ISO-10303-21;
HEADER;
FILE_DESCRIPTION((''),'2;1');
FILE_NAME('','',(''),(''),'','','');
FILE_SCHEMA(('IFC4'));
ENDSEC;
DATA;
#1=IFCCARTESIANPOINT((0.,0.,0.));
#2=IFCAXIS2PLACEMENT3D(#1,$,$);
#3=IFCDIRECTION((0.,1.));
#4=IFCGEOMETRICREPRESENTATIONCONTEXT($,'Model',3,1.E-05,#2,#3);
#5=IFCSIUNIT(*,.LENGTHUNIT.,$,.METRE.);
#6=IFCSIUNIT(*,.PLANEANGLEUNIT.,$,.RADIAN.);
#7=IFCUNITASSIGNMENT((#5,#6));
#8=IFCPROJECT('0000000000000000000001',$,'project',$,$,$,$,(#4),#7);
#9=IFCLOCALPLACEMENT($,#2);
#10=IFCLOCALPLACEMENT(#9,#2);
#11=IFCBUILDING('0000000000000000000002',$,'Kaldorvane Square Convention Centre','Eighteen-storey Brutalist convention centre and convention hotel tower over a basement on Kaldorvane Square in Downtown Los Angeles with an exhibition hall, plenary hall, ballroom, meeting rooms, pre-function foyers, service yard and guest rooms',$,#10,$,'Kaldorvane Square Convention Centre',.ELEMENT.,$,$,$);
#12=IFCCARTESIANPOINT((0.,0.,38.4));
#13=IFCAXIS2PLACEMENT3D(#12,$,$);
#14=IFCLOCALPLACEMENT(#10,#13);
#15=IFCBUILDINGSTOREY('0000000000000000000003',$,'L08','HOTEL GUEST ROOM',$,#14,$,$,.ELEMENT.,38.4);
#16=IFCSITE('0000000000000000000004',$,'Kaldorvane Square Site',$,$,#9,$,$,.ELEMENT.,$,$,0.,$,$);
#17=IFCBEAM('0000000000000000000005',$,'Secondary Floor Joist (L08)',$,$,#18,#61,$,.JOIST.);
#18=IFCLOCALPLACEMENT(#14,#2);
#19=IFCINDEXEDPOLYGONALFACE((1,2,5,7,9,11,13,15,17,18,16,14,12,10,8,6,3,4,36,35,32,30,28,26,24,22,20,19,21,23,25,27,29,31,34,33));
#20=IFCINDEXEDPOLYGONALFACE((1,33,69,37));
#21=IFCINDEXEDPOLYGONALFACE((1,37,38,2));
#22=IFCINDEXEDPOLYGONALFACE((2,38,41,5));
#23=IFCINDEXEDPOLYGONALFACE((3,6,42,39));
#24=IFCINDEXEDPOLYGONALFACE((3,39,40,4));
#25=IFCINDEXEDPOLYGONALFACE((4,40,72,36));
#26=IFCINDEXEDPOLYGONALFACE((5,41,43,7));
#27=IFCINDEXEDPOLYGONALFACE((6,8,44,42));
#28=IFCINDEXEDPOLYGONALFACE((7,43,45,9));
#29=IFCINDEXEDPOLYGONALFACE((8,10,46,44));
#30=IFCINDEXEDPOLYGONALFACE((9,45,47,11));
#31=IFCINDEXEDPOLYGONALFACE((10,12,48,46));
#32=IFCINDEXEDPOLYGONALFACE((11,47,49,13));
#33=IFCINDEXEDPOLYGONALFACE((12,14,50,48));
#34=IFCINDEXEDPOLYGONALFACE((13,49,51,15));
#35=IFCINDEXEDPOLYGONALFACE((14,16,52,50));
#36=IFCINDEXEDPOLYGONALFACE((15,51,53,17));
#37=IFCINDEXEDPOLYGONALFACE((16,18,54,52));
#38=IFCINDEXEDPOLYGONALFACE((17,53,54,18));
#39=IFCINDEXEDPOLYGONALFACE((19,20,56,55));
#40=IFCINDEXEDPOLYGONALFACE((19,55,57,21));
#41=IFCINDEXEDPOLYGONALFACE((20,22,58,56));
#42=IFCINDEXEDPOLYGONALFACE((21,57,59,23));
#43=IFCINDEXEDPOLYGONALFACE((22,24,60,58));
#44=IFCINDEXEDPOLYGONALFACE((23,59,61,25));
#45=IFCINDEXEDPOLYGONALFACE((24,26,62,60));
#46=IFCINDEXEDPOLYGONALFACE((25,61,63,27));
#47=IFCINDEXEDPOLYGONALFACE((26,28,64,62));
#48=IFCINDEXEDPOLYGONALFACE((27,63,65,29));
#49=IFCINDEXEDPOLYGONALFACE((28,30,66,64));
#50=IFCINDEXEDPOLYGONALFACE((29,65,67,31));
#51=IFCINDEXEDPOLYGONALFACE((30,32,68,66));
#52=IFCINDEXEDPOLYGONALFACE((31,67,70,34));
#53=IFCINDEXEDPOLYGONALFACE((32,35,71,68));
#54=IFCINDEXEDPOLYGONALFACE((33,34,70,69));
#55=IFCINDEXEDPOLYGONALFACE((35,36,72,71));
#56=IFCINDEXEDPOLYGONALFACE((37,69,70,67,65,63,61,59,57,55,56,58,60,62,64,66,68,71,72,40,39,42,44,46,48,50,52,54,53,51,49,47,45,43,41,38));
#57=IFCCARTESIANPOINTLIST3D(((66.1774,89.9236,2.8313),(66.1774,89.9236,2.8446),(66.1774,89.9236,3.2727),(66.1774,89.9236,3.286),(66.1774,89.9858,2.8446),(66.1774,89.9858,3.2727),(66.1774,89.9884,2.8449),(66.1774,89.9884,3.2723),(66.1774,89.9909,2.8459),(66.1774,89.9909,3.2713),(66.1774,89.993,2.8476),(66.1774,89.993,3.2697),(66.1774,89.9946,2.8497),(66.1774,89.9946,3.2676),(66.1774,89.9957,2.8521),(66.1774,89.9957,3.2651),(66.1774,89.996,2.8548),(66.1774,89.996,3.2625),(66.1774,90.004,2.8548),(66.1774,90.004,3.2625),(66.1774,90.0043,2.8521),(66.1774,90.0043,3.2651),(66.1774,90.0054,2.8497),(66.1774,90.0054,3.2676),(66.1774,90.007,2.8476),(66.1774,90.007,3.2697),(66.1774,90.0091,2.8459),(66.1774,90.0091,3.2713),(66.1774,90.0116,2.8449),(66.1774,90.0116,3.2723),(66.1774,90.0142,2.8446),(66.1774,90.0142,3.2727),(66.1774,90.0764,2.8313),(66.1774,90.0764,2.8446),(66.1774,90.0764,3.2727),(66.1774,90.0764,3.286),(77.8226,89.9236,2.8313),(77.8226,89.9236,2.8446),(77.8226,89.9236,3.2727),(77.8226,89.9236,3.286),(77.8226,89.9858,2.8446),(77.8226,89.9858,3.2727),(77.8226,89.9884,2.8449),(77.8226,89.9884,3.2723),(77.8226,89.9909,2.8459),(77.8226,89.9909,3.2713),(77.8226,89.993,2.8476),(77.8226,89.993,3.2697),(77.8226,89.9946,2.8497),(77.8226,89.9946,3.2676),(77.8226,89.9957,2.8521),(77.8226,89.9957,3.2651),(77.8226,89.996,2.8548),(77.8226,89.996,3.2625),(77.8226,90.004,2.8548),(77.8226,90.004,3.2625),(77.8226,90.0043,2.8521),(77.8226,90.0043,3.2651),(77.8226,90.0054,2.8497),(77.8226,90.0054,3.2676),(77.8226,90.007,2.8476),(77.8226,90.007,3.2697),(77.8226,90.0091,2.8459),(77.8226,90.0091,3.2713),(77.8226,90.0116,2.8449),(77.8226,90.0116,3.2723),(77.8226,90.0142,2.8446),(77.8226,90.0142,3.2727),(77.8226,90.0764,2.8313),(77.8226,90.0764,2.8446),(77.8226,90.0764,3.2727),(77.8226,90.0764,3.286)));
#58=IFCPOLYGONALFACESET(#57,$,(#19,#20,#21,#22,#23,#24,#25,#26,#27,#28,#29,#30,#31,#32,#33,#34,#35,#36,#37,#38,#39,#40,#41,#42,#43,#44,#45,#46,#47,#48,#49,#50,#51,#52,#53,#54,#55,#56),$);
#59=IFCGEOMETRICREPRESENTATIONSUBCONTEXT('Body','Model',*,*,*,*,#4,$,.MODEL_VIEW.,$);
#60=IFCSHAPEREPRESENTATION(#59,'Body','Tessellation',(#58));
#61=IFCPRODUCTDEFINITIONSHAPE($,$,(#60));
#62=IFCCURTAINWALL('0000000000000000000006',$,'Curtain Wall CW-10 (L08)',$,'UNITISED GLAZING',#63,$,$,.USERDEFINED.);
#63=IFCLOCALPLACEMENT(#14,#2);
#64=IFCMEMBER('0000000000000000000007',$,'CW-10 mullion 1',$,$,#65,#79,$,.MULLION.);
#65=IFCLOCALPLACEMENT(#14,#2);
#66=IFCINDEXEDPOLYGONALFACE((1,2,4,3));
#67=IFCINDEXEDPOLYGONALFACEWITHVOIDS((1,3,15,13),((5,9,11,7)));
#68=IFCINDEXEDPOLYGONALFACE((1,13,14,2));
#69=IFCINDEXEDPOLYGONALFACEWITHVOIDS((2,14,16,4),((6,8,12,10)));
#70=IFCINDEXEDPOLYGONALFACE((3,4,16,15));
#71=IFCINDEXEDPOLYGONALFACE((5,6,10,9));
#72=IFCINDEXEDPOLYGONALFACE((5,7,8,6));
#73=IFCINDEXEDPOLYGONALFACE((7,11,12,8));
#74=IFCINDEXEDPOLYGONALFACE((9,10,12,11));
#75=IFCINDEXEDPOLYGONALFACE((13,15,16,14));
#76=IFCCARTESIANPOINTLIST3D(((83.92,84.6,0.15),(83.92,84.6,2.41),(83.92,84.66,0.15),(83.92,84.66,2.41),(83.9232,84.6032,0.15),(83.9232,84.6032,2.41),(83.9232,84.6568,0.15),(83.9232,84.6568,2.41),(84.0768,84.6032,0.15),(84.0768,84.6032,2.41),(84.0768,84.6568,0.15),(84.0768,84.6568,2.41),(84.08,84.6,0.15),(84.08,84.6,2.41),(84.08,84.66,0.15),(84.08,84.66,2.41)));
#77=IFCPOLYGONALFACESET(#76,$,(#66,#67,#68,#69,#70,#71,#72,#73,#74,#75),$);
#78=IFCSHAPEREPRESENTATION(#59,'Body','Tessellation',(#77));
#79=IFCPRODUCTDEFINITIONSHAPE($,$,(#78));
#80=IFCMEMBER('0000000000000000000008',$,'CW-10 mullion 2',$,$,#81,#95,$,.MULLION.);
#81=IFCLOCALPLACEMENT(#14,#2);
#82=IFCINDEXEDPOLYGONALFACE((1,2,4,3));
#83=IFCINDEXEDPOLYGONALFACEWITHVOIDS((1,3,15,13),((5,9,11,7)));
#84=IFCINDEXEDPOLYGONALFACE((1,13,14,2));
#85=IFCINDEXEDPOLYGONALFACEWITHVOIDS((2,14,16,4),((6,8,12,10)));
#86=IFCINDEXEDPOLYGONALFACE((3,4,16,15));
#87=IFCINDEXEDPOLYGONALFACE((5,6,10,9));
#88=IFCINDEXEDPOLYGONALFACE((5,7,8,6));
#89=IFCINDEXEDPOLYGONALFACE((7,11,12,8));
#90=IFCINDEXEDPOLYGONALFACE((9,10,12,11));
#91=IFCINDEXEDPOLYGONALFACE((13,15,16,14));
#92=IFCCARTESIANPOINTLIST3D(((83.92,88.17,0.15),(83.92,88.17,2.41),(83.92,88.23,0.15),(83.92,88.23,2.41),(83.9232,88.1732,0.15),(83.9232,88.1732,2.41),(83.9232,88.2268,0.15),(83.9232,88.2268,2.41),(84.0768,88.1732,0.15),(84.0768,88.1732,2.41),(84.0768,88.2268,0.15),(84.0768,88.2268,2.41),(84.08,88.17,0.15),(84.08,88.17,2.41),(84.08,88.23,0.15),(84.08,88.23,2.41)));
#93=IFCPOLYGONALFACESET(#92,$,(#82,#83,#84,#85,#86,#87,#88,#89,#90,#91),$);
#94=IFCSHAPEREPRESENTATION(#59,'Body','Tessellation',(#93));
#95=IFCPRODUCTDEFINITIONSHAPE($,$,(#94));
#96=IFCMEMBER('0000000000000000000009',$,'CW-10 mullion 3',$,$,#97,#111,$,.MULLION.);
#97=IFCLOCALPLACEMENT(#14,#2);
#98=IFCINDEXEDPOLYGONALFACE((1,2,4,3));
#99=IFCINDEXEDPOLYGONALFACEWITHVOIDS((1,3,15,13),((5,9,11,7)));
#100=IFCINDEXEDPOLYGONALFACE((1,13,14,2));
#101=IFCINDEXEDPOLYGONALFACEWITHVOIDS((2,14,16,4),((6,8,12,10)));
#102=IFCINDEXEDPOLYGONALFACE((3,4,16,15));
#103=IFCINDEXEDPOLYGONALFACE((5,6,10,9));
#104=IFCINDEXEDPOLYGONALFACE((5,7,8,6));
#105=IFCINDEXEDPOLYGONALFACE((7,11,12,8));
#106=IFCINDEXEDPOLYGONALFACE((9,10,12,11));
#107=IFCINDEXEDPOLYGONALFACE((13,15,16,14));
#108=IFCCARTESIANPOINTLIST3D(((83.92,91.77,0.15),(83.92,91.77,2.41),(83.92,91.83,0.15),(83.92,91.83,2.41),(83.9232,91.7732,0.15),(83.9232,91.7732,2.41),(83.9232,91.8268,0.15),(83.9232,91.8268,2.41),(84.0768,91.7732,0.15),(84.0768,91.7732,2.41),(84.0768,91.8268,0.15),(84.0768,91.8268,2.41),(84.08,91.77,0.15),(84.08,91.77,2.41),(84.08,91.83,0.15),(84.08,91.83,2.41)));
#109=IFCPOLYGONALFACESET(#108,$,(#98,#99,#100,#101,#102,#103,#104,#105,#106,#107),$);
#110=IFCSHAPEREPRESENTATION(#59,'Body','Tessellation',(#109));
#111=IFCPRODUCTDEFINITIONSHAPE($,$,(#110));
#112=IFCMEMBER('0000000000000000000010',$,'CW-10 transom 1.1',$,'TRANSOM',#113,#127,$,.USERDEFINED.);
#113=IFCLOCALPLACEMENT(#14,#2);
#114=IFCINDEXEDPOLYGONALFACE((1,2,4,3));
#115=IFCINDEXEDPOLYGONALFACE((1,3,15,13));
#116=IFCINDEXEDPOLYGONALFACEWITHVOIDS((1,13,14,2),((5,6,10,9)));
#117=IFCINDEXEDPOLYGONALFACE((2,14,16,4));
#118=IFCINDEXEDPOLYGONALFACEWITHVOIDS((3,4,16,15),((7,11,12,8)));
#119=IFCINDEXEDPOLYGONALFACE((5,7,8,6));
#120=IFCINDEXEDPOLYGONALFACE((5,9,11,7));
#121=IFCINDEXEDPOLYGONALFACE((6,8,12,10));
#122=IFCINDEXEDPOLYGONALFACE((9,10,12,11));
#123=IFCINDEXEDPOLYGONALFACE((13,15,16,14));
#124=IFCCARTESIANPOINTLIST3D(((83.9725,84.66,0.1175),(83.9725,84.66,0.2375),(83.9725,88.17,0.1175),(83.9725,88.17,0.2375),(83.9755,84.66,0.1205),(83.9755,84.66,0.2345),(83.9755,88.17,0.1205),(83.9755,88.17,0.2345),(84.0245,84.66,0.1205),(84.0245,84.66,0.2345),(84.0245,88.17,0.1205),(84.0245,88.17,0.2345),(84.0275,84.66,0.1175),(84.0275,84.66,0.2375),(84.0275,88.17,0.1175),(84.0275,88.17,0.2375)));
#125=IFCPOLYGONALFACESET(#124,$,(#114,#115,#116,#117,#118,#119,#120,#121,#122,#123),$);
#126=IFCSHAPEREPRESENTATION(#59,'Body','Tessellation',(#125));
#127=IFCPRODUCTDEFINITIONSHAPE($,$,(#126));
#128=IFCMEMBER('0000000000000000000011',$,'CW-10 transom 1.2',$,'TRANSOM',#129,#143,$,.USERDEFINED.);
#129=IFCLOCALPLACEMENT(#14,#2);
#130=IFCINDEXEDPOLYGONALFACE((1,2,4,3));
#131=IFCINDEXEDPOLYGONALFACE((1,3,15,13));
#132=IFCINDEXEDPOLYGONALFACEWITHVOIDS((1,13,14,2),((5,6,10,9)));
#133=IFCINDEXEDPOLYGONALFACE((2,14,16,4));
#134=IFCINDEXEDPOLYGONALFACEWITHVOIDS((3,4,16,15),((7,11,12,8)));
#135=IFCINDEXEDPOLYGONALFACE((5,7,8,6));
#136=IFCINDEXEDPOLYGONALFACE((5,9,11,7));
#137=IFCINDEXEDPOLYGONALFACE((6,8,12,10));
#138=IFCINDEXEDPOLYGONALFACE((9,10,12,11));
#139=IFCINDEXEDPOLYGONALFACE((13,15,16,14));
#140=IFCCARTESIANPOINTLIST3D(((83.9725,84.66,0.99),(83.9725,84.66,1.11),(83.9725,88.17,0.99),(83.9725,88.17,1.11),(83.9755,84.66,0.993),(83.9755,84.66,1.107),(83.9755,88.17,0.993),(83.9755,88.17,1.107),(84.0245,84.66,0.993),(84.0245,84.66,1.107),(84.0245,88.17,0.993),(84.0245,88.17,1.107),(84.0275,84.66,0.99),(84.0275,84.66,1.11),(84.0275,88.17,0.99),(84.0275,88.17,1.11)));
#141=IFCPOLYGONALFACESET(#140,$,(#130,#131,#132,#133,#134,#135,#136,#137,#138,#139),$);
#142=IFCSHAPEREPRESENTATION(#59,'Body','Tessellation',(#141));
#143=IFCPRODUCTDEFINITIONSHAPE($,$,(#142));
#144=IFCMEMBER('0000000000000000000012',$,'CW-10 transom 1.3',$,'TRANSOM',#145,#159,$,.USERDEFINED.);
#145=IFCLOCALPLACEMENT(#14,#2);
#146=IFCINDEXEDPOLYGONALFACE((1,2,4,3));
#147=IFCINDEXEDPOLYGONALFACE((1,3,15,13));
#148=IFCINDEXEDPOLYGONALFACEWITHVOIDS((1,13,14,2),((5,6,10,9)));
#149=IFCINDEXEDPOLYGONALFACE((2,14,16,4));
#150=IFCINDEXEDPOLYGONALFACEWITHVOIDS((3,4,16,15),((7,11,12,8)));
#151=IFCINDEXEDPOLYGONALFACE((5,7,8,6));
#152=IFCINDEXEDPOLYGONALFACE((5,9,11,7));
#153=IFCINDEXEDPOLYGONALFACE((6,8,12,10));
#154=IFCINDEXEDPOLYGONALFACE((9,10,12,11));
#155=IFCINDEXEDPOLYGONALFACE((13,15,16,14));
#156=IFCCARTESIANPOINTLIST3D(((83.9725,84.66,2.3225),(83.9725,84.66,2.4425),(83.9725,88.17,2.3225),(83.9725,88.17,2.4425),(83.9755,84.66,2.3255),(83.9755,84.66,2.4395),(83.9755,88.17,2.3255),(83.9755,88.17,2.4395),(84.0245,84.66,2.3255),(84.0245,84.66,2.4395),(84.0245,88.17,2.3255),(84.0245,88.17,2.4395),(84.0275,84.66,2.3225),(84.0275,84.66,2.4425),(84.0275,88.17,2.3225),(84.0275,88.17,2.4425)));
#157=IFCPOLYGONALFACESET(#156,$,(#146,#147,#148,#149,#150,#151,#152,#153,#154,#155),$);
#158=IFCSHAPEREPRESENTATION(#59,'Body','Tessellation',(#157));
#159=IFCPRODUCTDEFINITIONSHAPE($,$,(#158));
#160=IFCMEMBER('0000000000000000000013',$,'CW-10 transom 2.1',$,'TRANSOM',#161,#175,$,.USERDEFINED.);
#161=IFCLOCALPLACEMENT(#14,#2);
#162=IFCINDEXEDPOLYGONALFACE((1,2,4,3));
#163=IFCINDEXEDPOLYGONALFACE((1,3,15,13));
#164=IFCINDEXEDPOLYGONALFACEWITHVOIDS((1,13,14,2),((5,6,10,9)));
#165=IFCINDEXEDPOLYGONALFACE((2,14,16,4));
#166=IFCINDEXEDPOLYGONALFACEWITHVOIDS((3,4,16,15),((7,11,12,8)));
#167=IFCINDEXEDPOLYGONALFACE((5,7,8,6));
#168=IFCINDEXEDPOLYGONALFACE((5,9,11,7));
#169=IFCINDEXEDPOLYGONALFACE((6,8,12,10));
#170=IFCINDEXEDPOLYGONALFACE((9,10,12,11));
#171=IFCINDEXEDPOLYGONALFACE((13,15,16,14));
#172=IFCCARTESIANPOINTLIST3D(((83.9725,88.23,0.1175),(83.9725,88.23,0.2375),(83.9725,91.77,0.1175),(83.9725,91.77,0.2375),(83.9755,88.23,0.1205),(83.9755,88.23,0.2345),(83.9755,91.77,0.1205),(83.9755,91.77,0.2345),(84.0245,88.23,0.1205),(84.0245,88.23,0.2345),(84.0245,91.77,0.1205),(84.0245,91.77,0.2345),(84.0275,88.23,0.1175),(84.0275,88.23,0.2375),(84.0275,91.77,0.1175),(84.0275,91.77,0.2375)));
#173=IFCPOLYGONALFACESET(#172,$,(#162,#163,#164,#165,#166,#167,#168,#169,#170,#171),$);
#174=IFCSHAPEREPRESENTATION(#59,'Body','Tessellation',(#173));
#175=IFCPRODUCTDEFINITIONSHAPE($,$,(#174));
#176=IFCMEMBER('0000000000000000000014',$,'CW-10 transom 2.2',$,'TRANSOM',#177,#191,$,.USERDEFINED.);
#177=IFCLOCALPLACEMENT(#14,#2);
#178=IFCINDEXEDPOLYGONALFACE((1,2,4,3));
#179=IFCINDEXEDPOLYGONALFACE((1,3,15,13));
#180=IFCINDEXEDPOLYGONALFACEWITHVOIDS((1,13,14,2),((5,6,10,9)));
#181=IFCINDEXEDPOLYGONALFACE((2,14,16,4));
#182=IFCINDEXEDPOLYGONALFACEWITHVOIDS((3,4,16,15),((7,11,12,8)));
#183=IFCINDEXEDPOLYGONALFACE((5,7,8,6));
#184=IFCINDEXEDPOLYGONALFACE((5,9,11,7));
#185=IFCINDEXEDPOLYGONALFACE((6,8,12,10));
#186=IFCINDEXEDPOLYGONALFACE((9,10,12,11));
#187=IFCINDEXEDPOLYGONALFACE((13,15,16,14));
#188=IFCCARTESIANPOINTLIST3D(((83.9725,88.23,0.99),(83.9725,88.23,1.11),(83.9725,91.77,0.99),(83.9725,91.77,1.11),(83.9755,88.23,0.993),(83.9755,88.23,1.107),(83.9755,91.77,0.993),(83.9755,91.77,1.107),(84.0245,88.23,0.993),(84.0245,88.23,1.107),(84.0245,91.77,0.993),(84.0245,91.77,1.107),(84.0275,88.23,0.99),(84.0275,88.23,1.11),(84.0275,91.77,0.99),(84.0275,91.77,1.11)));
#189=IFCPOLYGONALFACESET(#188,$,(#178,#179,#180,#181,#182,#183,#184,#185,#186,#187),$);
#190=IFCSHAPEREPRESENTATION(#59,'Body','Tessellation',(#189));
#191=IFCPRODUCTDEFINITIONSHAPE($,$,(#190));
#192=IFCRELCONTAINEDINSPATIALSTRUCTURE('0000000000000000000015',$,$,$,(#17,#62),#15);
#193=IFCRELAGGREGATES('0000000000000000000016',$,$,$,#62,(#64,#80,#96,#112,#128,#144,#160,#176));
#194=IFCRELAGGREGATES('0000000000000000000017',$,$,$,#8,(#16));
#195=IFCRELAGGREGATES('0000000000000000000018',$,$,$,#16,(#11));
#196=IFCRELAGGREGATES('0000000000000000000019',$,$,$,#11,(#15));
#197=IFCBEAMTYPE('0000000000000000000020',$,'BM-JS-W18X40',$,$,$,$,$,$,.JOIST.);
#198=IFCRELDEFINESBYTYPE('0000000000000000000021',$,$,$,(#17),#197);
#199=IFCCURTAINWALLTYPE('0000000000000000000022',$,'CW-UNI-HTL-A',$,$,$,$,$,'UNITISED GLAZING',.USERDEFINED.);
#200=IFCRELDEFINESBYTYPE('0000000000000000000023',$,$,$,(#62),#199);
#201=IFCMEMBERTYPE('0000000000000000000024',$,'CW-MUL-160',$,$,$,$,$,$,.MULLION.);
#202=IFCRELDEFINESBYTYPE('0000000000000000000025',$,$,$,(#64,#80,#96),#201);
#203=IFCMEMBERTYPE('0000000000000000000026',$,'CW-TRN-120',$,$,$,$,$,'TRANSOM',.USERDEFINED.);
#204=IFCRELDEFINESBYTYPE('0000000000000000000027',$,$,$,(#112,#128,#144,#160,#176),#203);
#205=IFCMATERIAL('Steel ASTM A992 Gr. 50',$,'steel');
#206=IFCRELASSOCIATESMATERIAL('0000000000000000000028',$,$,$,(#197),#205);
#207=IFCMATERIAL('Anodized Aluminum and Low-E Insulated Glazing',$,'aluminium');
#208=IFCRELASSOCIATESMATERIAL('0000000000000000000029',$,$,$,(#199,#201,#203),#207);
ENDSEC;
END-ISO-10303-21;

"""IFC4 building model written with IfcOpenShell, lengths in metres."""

from ifc_helpers import new_model, si_unit, direction, frame, origin, origin_2d, place, context, subcontext, project, spatial, hollow_rectangle, i_section, extrude, material, material_profile, profile_set, type_object, element, aggregate, save


model = new_model("IFC4")

# Units and contexts
model_context = context("Model", 3, precision=1e-05, world=origin(), true_north=direction((0.0, 1.0)))
body_context = subcontext(model_context, "Body", "Model", "MODEL_VIEW")
ifc_project = project(units=[si_unit("LENGTHUNIT", "METRE"), si_unit("PLANEANGLEUNIT", "RADIAN")], contexts=[model_context])

# Site, building, storey
site_placement = place(None, origin())
site = spatial("IfcSite", under=ifc_project, at=site_placement, Name="Kaldorvane Square Site", CompositionType="ELEMENT", RefElevation=0.0)
building_placement = place(site_placement, origin())
building = spatial("IfcBuilding", under=site, at=building_placement, Name="Kaldorvane Square Convention Centre", Description="Eighteen-storey Brutalist convention centre and convention hotel tower over a basement on Kaldorvane Square in Downtown Los Angeles with an exhibition hall, plenary hall, ballroom, meeting rooms, pre-function foyers, service yard and guest rooms", LongName="Kaldorvane Square Convention Centre", CompositionType="ELEMENT")
storey_placement = place(building_placement, frame((0.0, 0.0, 38.4)))
storey = spatial("IfcBuildingStorey", under=building, at=storey_placement, Name="L08", Description="HOTEL GUEST ROOM", CompositionType="ELEMENT", Elevation=38.4)

# Beam
ifc_material_1 = material(Name="Steel ASTM A992 Gr. 50", Category="steel")
ifc_material_profile_1 = material_profile(ifc_material_1, i_section(OverallWidth=0.1528, OverallDepth=0.4547, WebThickness=0.008, FlangeThickness=0.0133, FilletRadius=0.0102, at=origin_2d()), Name="W18X40")
ifc_profile_set_1 = profile_set([ifc_material_profile_1], Name="Steel ASTM A992 Gr. 50")
beam_type = type_object("IfcBeamType", Name="BM-JS-W18X40", PredefinedType="JOIST", material=ifc_profile_set_1)
beam_placement = place(storey_placement, frame((66.1774, 90.0, 3.0586), z_axis=(1.0, 0.0, 0.0), x_axis=(0.0, 1.0, 0.0)))
element("IfcBeam", 1, at=beam_placement, inside=storey, type_object=beam_type, Name="Secondary Floor Joist (L08)", PredefinedType="JOIST", context=body_context, shape_type="SweptSolid", body=[
    extrude(i_section(OverallWidth=0.1528, OverallDepth=0.4547, WebThickness=0.008, FlangeThickness=0.0133, FilletRadius=0.0102, at=origin_2d()), origin(), (0.0, 0.0, 1.0), 11.6452),
])

# Curtain wall, members
ifc_material_2 = material(Name="Anodized Aluminum and Low-E Insulated Glazing", Category="aluminium")
curtain_wall_type = type_object("IfcCurtainWallType", Name="CW-UNI-HTL-A", ElementType="UNITISED GLAZING", PredefinedType="USERDEFINED", material=ifc_material_2)
curtain_wall_placement = place(storey_placement, origin())
curtain_wall = element("IfcCurtainWall", 2, at=curtain_wall_placement, inside=storey, type_object=curtain_wall_type, Name="Curtain Wall CW-10 (L08)", ObjectType="UNITISED GLAZING", PredefinedType="USERDEFINED")
ifc_material_profile_2 = material_profile(ifc_material_2, hollow_rectangle(XDim=0.06, YDim=0.16, WallThickness=0.0032, at=origin_2d()), Name="CWM-160X60")
ifc_profile_set_2 = profile_set([ifc_material_profile_2], Name="Anodized Aluminum and Low-E Insulated Glazing")
member_type_1 = type_object("IfcMemberType", Name="CW-MUL-160", PredefinedType="MULLION", material=ifc_profile_set_2)
member_1_placement = place(storey_placement, frame((84.0, 84.63, 0.15), z_axis=(0.0, 0.0, 1.0), x_axis=(0.0, 1.0, 0.0)))
member_1 = element("IfcMember", 3, at=member_1_placement, type_object=member_type_1, Name="CW-10 mullion 1", PredefinedType="MULLION", context=body_context, shape_type="SweptSolid", body=[
    extrude(hollow_rectangle(XDim=0.06, YDim=0.16, WallThickness=0.0032, at=origin_2d()), origin(), (0.0, 0.0, 1.0), 2.26),
])
member_2_placement = place(storey_placement, frame((84.0, 88.2, 0.15), z_axis=(0.0, 0.0, 1.0), x_axis=(0.0, 1.0, 0.0)))
member_2 = element("IfcMember", 4, at=member_2_placement, type_object=member_type_1, Name="CW-10 mullion 2", PredefinedType="MULLION", context=body_context, shape_type="SweptSolid", body=[
    extrude(hollow_rectangle(XDim=0.06, YDim=0.16, WallThickness=0.0032, at=origin_2d()), origin(), (0.0, 0.0, 1.0), 2.26),
])
member_3_placement = place(storey_placement, frame((84.0, 91.8, 0.15), z_axis=(0.0, 0.0, 1.0), x_axis=(0.0, 1.0, 0.0)))
member_3 = element("IfcMember", 5, at=member_3_placement, type_object=member_type_1, Name="CW-10 mullion 3", PredefinedType="MULLION", context=body_context, shape_type="SweptSolid", body=[
    extrude(hollow_rectangle(XDim=0.06, YDim=0.16, WallThickness=0.0032, at=origin_2d()), origin(), (0.0, 0.0, 1.0), 2.26),
])
ifc_material_profile_3 = material_profile(ifc_material_2, hollow_rectangle(XDim=0.055, YDim=0.12, WallThickness=0.003, at=origin_2d()), Name="CWT-120X55")
ifc_profile_set_3 = profile_set([ifc_material_profile_3], Name="Anodized Aluminum and Low-E Insulated Glazing")
member_type_2 = type_object("IfcMemberType", Name="CW-TRN-120", ElementType="TRANSOM", PredefinedType="USERDEFINED", material=ifc_profile_set_3)
member_4_placement = place(storey_placement, frame((84.0, 84.66, 0.1775), z_axis=(0.0, 1.0, 0.0), x_axis=(-1.0, 0.0, 0.0)))
member_4 = element("IfcMember", 6, at=member_4_placement, type_object=member_type_2, Name="CW-10 transom 1.1", ObjectType="TRANSOM", PredefinedType="USERDEFINED", context=body_context, shape_type="SweptSolid", body=[
    extrude(hollow_rectangle(XDim=0.055, YDim=0.12, WallThickness=0.003, at=origin_2d()), origin(), (0.0, 0.0, 1.0), 3.51),
])
member_5_placement = place(storey_placement, frame((84.0, 84.66, 1.05), z_axis=(0.0, 1.0, 0.0), x_axis=(-1.0, 0.0, 0.0)))
member_5 = element("IfcMember", 7, at=member_5_placement, type_object=member_type_2, Name="CW-10 transom 1.2", ObjectType="TRANSOM", PredefinedType="USERDEFINED", context=body_context, shape_type="SweptSolid", body=[
    extrude(hollow_rectangle(XDim=0.055, YDim=0.12, WallThickness=0.003, at=origin_2d()), origin(), (0.0, 0.0, 1.0), 3.51),
])
member_6_placement = place(storey_placement, frame((84.0, 84.66, 2.3825), z_axis=(0.0, 1.0, 0.0), x_axis=(-1.0, 0.0, 0.0)))
member_6 = element("IfcMember", 8, at=member_6_placement, type_object=member_type_2, Name="CW-10 transom 1.3", ObjectType="TRANSOM", PredefinedType="USERDEFINED", context=body_context, shape_type="SweptSolid", body=[
    extrude(hollow_rectangle(XDim=0.055, YDim=0.12, WallThickness=0.003, at=origin_2d()), origin(), (0.0, 0.0, 1.0), 3.51),
])
member_7_placement = place(storey_placement, frame((84.0, 88.23, 0.1775), z_axis=(0.0, 1.0, 0.0), x_axis=(-1.0, 0.0, 0.0)))
member_7 = element("IfcMember", 9, at=member_7_placement, type_object=member_type_2, Name="CW-10 transom 2.1", ObjectType="TRANSOM", PredefinedType="USERDEFINED", context=body_context, shape_type="SweptSolid", body=[
    extrude(hollow_rectangle(XDim=0.055, YDim=0.12, WallThickness=0.003, at=origin_2d()), origin(), (0.0, 0.0, 1.0), 3.54),
])
member_8_placement = place(storey_placement, frame((84.0, 88.23, 1.05), z_axis=(0.0, 1.0, 0.0), x_axis=(-1.0, 0.0, 0.0)))
member_8 = element("IfcMember", 10, at=member_8_placement, type_object=member_type_2, Name="CW-10 transom 2.2", ObjectType="TRANSOM", PredefinedType="USERDEFINED", context=body_context, shape_type="SweptSolid", body=[
    extrude(hollow_rectangle(XDim=0.055, YDim=0.12, WallThickness=0.003, at=origin_2d()), origin(), (0.0, 0.0, 1.0), 3.54),
])
aggregate(curtain_wall, [member_1, member_2, member_3, member_4, member_5, member_6, member_7, member_8])

save(model, "model.ifc")
